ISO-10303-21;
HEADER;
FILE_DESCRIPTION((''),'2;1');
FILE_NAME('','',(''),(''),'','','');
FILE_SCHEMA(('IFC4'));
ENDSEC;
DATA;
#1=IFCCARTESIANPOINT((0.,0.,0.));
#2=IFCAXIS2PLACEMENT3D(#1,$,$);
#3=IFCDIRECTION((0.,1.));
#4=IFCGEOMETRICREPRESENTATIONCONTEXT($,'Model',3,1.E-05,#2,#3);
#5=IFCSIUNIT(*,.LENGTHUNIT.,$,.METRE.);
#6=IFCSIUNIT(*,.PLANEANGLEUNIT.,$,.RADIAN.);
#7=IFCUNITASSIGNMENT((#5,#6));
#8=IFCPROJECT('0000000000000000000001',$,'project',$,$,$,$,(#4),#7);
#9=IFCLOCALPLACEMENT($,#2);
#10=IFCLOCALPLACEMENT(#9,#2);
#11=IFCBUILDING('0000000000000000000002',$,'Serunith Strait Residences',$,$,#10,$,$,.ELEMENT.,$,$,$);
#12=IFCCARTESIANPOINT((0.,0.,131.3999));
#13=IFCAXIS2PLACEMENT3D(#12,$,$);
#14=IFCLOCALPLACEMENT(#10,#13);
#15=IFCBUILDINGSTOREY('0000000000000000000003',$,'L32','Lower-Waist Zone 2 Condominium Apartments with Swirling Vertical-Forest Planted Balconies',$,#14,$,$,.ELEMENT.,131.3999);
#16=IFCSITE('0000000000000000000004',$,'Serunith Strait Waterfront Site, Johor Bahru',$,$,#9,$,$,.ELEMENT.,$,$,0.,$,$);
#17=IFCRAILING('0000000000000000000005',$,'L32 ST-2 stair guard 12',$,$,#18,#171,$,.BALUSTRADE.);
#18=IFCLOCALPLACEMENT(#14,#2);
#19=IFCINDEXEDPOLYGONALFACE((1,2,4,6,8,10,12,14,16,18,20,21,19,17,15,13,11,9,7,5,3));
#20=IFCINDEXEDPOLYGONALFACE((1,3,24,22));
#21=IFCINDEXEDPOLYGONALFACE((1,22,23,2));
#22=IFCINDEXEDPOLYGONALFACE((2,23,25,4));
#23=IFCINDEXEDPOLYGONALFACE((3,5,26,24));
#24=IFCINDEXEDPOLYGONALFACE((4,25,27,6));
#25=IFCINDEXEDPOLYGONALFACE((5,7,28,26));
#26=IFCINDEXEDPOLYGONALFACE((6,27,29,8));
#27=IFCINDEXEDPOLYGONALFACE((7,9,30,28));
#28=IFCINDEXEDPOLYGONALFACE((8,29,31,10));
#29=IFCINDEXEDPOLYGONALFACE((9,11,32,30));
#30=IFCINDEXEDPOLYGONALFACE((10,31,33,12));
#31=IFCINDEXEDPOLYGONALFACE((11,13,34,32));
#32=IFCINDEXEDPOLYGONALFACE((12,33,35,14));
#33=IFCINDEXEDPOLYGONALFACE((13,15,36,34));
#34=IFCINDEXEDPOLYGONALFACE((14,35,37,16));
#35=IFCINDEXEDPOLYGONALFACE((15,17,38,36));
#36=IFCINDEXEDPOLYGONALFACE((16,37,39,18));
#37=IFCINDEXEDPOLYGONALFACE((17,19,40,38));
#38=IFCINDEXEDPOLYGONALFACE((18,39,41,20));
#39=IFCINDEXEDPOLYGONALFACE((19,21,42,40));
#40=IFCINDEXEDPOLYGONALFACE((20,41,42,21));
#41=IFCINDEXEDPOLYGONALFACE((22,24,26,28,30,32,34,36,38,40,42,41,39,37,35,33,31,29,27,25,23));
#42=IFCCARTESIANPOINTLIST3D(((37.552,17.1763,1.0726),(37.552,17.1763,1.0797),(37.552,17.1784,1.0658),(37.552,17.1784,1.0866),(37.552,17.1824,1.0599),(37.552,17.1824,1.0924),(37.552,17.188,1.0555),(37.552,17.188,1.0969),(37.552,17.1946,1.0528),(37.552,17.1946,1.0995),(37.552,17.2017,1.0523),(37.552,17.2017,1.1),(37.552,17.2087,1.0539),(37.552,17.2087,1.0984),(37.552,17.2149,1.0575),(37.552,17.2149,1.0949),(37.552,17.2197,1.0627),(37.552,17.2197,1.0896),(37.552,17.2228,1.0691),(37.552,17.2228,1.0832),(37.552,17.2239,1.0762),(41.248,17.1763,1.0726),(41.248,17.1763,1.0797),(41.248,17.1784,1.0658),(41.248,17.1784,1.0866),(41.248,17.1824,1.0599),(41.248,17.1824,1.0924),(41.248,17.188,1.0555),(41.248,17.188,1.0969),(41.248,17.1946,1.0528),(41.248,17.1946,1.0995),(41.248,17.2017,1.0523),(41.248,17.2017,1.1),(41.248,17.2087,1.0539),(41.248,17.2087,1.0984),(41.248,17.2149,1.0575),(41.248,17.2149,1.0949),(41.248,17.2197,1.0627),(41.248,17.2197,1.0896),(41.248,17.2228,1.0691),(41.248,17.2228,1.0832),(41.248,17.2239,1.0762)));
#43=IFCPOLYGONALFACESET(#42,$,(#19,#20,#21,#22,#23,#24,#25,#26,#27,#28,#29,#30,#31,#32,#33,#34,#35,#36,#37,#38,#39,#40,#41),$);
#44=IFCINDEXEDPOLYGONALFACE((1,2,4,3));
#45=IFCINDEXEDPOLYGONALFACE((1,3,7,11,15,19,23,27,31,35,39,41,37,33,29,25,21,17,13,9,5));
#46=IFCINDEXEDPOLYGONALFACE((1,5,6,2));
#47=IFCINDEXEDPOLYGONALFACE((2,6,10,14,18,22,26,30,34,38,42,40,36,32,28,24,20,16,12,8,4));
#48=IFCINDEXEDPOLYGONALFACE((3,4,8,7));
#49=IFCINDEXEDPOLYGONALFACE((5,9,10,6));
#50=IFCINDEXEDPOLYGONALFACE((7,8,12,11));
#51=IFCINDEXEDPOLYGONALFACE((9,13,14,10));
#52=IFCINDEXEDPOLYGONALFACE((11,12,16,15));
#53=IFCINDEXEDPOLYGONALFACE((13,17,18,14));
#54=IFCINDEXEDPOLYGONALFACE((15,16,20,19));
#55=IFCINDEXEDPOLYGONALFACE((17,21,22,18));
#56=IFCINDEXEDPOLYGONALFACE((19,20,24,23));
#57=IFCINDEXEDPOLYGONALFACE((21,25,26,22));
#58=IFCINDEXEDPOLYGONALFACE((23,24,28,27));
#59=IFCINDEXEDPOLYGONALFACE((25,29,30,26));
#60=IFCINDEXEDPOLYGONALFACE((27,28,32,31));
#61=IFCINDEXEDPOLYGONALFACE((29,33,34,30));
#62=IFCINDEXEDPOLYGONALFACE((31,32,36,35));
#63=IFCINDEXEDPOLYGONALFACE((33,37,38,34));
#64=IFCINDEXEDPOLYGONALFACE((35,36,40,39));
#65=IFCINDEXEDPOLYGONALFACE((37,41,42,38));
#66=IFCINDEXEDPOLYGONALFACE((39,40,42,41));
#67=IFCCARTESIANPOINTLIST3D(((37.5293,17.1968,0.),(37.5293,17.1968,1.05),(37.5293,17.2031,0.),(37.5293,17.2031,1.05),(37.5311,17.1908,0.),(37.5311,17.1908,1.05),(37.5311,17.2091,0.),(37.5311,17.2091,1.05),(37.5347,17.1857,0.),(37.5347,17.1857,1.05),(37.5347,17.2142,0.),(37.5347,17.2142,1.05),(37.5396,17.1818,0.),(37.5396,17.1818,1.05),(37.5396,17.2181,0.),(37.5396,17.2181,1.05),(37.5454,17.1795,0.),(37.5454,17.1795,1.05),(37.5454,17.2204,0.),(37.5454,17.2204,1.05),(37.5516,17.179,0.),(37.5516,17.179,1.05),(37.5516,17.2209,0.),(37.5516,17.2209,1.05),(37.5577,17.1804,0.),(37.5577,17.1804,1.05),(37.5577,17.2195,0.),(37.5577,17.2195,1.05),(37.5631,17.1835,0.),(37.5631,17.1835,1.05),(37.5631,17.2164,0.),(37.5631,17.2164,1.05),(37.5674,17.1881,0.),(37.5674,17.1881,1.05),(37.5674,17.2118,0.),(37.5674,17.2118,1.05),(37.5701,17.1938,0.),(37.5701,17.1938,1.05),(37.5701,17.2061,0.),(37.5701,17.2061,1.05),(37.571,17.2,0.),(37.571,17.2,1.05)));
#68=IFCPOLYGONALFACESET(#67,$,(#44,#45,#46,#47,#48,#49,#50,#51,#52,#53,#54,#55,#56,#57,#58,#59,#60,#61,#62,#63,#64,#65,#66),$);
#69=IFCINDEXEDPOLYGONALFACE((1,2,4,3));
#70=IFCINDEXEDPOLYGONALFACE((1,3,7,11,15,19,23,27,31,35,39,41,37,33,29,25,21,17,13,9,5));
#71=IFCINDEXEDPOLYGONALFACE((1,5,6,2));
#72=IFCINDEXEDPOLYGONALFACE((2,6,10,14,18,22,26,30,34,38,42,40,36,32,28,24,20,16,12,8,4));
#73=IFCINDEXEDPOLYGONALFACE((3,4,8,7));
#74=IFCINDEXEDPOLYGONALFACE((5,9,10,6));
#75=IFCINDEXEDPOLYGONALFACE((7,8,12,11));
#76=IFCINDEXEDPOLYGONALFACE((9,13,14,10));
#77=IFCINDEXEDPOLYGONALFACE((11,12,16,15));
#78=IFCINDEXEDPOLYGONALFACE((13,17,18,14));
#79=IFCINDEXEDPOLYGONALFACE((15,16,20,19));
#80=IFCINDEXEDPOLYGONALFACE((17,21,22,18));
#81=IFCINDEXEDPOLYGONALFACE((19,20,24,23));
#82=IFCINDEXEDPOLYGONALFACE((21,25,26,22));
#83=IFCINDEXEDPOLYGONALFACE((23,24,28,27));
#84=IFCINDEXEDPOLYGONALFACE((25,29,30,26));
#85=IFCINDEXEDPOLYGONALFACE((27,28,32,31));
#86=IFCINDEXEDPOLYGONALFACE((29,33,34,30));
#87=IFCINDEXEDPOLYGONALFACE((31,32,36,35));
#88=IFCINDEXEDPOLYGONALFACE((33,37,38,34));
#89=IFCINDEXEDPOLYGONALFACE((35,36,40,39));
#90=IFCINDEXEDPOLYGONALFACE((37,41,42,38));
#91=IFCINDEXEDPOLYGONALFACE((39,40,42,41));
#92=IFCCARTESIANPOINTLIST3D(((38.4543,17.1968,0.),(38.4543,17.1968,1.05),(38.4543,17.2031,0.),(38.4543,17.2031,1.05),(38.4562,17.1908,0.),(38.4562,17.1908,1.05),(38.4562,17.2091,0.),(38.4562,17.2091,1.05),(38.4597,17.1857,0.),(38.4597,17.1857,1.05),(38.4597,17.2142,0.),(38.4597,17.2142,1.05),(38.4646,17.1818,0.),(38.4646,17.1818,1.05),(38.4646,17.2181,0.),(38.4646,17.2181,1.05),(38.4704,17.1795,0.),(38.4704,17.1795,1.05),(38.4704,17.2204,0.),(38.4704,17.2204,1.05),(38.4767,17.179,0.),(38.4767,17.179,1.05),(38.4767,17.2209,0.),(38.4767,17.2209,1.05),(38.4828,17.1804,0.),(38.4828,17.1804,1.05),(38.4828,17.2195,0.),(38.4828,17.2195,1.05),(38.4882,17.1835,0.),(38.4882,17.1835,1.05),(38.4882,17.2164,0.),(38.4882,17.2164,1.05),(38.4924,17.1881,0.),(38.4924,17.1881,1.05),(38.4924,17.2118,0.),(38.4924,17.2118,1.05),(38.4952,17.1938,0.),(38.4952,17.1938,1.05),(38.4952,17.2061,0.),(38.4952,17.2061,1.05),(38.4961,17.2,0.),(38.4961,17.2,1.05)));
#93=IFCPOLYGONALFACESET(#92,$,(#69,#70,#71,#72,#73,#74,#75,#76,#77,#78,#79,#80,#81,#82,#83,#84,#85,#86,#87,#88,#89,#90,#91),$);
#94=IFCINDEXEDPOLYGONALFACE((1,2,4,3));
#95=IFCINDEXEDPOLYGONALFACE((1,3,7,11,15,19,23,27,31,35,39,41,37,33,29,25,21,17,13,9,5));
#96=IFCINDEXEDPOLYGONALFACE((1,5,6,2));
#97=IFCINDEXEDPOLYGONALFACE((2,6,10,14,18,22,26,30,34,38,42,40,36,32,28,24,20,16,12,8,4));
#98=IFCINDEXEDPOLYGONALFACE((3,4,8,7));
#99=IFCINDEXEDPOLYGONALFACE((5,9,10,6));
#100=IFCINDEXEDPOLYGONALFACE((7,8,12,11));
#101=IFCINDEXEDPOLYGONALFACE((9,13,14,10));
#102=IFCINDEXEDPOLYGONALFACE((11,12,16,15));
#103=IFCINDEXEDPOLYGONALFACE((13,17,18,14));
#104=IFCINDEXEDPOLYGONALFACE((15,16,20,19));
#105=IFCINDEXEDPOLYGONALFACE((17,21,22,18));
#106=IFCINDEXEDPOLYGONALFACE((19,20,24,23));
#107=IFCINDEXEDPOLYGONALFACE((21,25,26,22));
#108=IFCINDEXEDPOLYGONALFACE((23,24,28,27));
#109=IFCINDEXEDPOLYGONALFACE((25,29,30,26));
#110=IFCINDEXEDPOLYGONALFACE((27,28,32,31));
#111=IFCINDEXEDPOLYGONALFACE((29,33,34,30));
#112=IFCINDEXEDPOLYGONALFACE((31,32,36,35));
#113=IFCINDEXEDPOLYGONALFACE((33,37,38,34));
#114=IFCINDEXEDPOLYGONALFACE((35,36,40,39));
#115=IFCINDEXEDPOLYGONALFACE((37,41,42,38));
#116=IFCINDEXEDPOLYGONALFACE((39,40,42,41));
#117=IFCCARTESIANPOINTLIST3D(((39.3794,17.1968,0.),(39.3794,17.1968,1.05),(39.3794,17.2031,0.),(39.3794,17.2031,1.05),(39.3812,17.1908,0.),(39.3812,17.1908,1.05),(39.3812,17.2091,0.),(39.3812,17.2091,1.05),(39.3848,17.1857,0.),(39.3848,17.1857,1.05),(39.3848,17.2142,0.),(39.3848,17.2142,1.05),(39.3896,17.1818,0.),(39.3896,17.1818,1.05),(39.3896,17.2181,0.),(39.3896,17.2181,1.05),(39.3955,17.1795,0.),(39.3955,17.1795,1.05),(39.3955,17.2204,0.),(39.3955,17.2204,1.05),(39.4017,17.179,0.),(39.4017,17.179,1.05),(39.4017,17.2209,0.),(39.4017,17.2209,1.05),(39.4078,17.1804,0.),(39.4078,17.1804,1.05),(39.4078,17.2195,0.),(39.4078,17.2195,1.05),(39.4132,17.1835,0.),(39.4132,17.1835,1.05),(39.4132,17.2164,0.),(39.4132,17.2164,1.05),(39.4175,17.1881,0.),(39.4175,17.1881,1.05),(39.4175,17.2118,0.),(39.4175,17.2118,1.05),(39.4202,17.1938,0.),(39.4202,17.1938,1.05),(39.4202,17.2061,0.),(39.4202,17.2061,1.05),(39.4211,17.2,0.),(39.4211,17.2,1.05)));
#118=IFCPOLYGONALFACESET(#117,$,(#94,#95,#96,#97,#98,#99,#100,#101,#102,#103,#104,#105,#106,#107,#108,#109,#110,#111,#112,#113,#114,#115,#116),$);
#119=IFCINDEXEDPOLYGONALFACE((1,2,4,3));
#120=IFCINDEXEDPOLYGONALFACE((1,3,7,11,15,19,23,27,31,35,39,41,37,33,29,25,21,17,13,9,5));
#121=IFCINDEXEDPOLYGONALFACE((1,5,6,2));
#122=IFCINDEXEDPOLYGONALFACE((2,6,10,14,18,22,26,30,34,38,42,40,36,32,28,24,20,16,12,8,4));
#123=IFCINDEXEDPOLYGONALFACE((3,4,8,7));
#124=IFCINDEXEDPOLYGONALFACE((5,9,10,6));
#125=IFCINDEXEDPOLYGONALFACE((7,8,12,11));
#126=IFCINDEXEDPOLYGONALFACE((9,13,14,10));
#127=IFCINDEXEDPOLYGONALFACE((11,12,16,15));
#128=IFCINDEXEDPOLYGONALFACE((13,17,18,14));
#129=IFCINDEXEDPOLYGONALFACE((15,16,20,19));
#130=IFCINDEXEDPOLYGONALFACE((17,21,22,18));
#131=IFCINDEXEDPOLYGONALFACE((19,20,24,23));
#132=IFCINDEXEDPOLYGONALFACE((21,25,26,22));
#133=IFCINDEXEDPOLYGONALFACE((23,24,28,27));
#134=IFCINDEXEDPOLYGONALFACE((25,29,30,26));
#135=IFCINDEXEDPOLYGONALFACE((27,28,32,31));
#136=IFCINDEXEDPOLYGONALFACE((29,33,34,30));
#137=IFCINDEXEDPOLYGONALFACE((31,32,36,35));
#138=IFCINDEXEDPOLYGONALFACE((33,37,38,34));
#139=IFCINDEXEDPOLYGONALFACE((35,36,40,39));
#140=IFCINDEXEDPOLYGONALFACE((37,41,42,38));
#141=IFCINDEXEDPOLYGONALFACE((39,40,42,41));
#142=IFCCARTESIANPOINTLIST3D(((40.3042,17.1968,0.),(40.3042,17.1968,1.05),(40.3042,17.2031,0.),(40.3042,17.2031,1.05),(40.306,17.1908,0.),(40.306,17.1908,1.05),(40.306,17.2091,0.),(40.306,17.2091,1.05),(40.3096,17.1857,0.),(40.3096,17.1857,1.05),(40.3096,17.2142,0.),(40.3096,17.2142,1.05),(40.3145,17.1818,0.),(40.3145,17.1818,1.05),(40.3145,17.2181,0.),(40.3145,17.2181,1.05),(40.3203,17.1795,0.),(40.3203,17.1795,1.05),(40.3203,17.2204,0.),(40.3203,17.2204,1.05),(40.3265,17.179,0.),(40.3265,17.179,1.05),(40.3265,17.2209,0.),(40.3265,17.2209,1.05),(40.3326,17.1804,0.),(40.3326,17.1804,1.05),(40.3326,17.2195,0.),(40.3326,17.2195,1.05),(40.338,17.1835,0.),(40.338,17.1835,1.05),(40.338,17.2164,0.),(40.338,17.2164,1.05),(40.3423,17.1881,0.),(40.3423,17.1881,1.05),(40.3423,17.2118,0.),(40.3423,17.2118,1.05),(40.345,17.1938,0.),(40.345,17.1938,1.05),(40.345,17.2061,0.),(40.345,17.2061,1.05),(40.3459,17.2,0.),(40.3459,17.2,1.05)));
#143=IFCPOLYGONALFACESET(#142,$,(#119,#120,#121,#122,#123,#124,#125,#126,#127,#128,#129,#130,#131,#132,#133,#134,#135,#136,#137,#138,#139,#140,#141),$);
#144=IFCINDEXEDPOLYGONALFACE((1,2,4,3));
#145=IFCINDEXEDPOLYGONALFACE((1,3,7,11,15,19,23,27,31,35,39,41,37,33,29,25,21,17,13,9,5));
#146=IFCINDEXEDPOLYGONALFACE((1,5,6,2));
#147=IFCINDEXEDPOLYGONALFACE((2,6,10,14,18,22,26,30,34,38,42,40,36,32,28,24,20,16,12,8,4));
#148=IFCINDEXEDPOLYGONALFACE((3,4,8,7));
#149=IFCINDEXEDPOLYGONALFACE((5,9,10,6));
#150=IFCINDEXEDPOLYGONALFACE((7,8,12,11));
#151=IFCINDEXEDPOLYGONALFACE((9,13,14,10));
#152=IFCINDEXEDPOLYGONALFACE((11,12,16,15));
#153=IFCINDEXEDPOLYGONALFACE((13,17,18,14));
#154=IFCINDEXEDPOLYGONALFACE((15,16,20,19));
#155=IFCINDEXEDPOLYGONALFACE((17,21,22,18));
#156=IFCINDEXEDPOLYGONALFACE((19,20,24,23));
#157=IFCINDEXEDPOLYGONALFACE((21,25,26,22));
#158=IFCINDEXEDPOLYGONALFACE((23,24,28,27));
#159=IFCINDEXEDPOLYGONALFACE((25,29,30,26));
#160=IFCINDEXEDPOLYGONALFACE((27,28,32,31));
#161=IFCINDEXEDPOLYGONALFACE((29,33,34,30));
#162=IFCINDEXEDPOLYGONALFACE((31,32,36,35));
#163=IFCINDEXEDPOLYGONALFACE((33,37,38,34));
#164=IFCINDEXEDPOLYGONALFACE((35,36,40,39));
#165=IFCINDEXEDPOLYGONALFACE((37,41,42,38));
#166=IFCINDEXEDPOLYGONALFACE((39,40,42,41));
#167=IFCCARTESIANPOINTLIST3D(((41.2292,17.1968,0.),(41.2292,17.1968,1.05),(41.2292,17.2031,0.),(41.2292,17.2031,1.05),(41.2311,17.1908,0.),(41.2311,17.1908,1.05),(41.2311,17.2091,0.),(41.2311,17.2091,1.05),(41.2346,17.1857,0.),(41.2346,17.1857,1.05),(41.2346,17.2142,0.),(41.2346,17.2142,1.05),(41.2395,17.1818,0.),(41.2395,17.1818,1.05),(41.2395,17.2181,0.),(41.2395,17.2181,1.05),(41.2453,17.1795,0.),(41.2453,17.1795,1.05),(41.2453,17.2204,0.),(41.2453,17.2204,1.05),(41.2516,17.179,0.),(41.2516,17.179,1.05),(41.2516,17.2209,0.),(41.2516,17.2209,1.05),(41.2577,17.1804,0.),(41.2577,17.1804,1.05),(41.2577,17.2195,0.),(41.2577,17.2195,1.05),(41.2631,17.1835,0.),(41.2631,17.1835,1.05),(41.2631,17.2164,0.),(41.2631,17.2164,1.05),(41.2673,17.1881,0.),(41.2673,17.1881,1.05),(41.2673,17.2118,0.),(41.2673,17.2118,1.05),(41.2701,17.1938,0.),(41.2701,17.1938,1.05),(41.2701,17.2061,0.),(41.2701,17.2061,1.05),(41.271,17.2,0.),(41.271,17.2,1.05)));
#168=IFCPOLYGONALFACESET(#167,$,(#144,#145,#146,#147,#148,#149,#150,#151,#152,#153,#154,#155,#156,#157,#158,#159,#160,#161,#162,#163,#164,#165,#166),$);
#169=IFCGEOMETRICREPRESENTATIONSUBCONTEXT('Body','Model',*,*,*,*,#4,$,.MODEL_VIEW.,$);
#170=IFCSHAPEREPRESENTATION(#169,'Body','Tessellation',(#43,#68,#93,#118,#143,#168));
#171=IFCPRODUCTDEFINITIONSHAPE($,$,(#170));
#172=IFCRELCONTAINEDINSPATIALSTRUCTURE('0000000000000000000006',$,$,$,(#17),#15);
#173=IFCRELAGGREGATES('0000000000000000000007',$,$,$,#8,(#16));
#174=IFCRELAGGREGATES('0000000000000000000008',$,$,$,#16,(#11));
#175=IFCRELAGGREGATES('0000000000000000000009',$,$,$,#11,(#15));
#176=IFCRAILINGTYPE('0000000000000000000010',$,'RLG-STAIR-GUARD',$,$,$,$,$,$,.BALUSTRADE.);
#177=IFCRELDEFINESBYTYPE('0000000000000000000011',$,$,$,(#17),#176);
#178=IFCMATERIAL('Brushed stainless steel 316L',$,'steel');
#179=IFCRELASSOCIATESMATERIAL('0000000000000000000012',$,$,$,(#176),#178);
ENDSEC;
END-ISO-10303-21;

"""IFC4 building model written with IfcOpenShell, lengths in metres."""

from ifc_helpers import new_model, si_unit, direction, frame, origin, origin_2d, place, context, subcontext, project, spatial, circle, extrude, material, type_object, element, save


model = new_model("IFC4")

# Units and contexts
model_context = context("Model", 3, precision=1e-05, world=origin(), true_north=direction((0.0, 1.0)))
body_context = subcontext(model_context, "Body", "Model", "MODEL_VIEW")
ifc_project = project(units=[si_unit("LENGTHUNIT", "METRE"), si_unit("PLANEANGLEUNIT", "RADIAN")], contexts=[model_context])

# Site, building, storey
site_placement = place(None, origin())
site = spatial("IfcSite", under=ifc_project, at=site_placement, Name="Serunith Strait Waterfront Site, Johor Bahru", CompositionType="ELEMENT", RefElevation=0.0)
building_placement = place(site_placement, origin())
building = spatial("IfcBuilding", under=site, at=building_placement, Name="Serunith Strait Residences", CompositionType="ELEMENT")
storey_placement = place(building_placement, frame((0.0, 0.0, 131.3999)))
storey = spatial("IfcBuildingStorey", under=building, at=storey_placement, Name="L32", Description="Lower-Waist Zone 2 Condominium Apartments with Swirling Vertical-Forest Planted Balconies", CompositionType="ELEMENT", Elevation=131.3999)

# Railing
ifc_material_1 = material(Name="Brushed stainless steel 316L", Category="steel")
railing_type_1 = type_object("IfcRailingType", Name="RLG-STAIR-GUARD", PredefinedType="BALUSTRADE", material=ifc_material_1)
railing_1_placement = place(storey_placement, frame((37.55, 17.2, 0.0)))
element("IfcRailing", 1, at=railing_1_placement, inside=storey, type_object=railing_type_1, Name="L32 ST-2 stair guard 12", PredefinedType="BALUSTRADE", context=body_context, shape_type="SweptSolid", body=[
    extrude(circle(Radius=0.0239, at=origin_2d()), frame((0.002, 0.0, 1.0762), z_axis=(1.0, 0.0, 0.0), x_axis=(0.0, 1.0, 0.0)), (0.0, 0.0, 1.0), 3.696),
    extrude(circle(Radius=0.021, at=origin_2d()), origin(), (0.0, 0.0, 1.0), 1.05),
    extrude(circle(Radius=0.021, at=origin_2d()), frame((0.925, 0.0, 0.0)), (0.0, 0.0, 1.0), 1.05),
    extrude(circle(Radius=0.021, at=origin_2d()), frame((1.8501, 0.0, 0.0)), (0.0, 0.0, 1.0), 1.05),
    extrude(circle(Radius=0.021, at=origin_2d()), frame((2.7749, 0.0, 0.0)), (0.0, 0.0, 1.0), 1.05),
    extrude(circle(Radius=0.021, at=origin_2d()), frame((3.7, 0.0, 0.0)), (0.0, 0.0, 1.0), 1.05),
])

save(model, "model.ifc")
